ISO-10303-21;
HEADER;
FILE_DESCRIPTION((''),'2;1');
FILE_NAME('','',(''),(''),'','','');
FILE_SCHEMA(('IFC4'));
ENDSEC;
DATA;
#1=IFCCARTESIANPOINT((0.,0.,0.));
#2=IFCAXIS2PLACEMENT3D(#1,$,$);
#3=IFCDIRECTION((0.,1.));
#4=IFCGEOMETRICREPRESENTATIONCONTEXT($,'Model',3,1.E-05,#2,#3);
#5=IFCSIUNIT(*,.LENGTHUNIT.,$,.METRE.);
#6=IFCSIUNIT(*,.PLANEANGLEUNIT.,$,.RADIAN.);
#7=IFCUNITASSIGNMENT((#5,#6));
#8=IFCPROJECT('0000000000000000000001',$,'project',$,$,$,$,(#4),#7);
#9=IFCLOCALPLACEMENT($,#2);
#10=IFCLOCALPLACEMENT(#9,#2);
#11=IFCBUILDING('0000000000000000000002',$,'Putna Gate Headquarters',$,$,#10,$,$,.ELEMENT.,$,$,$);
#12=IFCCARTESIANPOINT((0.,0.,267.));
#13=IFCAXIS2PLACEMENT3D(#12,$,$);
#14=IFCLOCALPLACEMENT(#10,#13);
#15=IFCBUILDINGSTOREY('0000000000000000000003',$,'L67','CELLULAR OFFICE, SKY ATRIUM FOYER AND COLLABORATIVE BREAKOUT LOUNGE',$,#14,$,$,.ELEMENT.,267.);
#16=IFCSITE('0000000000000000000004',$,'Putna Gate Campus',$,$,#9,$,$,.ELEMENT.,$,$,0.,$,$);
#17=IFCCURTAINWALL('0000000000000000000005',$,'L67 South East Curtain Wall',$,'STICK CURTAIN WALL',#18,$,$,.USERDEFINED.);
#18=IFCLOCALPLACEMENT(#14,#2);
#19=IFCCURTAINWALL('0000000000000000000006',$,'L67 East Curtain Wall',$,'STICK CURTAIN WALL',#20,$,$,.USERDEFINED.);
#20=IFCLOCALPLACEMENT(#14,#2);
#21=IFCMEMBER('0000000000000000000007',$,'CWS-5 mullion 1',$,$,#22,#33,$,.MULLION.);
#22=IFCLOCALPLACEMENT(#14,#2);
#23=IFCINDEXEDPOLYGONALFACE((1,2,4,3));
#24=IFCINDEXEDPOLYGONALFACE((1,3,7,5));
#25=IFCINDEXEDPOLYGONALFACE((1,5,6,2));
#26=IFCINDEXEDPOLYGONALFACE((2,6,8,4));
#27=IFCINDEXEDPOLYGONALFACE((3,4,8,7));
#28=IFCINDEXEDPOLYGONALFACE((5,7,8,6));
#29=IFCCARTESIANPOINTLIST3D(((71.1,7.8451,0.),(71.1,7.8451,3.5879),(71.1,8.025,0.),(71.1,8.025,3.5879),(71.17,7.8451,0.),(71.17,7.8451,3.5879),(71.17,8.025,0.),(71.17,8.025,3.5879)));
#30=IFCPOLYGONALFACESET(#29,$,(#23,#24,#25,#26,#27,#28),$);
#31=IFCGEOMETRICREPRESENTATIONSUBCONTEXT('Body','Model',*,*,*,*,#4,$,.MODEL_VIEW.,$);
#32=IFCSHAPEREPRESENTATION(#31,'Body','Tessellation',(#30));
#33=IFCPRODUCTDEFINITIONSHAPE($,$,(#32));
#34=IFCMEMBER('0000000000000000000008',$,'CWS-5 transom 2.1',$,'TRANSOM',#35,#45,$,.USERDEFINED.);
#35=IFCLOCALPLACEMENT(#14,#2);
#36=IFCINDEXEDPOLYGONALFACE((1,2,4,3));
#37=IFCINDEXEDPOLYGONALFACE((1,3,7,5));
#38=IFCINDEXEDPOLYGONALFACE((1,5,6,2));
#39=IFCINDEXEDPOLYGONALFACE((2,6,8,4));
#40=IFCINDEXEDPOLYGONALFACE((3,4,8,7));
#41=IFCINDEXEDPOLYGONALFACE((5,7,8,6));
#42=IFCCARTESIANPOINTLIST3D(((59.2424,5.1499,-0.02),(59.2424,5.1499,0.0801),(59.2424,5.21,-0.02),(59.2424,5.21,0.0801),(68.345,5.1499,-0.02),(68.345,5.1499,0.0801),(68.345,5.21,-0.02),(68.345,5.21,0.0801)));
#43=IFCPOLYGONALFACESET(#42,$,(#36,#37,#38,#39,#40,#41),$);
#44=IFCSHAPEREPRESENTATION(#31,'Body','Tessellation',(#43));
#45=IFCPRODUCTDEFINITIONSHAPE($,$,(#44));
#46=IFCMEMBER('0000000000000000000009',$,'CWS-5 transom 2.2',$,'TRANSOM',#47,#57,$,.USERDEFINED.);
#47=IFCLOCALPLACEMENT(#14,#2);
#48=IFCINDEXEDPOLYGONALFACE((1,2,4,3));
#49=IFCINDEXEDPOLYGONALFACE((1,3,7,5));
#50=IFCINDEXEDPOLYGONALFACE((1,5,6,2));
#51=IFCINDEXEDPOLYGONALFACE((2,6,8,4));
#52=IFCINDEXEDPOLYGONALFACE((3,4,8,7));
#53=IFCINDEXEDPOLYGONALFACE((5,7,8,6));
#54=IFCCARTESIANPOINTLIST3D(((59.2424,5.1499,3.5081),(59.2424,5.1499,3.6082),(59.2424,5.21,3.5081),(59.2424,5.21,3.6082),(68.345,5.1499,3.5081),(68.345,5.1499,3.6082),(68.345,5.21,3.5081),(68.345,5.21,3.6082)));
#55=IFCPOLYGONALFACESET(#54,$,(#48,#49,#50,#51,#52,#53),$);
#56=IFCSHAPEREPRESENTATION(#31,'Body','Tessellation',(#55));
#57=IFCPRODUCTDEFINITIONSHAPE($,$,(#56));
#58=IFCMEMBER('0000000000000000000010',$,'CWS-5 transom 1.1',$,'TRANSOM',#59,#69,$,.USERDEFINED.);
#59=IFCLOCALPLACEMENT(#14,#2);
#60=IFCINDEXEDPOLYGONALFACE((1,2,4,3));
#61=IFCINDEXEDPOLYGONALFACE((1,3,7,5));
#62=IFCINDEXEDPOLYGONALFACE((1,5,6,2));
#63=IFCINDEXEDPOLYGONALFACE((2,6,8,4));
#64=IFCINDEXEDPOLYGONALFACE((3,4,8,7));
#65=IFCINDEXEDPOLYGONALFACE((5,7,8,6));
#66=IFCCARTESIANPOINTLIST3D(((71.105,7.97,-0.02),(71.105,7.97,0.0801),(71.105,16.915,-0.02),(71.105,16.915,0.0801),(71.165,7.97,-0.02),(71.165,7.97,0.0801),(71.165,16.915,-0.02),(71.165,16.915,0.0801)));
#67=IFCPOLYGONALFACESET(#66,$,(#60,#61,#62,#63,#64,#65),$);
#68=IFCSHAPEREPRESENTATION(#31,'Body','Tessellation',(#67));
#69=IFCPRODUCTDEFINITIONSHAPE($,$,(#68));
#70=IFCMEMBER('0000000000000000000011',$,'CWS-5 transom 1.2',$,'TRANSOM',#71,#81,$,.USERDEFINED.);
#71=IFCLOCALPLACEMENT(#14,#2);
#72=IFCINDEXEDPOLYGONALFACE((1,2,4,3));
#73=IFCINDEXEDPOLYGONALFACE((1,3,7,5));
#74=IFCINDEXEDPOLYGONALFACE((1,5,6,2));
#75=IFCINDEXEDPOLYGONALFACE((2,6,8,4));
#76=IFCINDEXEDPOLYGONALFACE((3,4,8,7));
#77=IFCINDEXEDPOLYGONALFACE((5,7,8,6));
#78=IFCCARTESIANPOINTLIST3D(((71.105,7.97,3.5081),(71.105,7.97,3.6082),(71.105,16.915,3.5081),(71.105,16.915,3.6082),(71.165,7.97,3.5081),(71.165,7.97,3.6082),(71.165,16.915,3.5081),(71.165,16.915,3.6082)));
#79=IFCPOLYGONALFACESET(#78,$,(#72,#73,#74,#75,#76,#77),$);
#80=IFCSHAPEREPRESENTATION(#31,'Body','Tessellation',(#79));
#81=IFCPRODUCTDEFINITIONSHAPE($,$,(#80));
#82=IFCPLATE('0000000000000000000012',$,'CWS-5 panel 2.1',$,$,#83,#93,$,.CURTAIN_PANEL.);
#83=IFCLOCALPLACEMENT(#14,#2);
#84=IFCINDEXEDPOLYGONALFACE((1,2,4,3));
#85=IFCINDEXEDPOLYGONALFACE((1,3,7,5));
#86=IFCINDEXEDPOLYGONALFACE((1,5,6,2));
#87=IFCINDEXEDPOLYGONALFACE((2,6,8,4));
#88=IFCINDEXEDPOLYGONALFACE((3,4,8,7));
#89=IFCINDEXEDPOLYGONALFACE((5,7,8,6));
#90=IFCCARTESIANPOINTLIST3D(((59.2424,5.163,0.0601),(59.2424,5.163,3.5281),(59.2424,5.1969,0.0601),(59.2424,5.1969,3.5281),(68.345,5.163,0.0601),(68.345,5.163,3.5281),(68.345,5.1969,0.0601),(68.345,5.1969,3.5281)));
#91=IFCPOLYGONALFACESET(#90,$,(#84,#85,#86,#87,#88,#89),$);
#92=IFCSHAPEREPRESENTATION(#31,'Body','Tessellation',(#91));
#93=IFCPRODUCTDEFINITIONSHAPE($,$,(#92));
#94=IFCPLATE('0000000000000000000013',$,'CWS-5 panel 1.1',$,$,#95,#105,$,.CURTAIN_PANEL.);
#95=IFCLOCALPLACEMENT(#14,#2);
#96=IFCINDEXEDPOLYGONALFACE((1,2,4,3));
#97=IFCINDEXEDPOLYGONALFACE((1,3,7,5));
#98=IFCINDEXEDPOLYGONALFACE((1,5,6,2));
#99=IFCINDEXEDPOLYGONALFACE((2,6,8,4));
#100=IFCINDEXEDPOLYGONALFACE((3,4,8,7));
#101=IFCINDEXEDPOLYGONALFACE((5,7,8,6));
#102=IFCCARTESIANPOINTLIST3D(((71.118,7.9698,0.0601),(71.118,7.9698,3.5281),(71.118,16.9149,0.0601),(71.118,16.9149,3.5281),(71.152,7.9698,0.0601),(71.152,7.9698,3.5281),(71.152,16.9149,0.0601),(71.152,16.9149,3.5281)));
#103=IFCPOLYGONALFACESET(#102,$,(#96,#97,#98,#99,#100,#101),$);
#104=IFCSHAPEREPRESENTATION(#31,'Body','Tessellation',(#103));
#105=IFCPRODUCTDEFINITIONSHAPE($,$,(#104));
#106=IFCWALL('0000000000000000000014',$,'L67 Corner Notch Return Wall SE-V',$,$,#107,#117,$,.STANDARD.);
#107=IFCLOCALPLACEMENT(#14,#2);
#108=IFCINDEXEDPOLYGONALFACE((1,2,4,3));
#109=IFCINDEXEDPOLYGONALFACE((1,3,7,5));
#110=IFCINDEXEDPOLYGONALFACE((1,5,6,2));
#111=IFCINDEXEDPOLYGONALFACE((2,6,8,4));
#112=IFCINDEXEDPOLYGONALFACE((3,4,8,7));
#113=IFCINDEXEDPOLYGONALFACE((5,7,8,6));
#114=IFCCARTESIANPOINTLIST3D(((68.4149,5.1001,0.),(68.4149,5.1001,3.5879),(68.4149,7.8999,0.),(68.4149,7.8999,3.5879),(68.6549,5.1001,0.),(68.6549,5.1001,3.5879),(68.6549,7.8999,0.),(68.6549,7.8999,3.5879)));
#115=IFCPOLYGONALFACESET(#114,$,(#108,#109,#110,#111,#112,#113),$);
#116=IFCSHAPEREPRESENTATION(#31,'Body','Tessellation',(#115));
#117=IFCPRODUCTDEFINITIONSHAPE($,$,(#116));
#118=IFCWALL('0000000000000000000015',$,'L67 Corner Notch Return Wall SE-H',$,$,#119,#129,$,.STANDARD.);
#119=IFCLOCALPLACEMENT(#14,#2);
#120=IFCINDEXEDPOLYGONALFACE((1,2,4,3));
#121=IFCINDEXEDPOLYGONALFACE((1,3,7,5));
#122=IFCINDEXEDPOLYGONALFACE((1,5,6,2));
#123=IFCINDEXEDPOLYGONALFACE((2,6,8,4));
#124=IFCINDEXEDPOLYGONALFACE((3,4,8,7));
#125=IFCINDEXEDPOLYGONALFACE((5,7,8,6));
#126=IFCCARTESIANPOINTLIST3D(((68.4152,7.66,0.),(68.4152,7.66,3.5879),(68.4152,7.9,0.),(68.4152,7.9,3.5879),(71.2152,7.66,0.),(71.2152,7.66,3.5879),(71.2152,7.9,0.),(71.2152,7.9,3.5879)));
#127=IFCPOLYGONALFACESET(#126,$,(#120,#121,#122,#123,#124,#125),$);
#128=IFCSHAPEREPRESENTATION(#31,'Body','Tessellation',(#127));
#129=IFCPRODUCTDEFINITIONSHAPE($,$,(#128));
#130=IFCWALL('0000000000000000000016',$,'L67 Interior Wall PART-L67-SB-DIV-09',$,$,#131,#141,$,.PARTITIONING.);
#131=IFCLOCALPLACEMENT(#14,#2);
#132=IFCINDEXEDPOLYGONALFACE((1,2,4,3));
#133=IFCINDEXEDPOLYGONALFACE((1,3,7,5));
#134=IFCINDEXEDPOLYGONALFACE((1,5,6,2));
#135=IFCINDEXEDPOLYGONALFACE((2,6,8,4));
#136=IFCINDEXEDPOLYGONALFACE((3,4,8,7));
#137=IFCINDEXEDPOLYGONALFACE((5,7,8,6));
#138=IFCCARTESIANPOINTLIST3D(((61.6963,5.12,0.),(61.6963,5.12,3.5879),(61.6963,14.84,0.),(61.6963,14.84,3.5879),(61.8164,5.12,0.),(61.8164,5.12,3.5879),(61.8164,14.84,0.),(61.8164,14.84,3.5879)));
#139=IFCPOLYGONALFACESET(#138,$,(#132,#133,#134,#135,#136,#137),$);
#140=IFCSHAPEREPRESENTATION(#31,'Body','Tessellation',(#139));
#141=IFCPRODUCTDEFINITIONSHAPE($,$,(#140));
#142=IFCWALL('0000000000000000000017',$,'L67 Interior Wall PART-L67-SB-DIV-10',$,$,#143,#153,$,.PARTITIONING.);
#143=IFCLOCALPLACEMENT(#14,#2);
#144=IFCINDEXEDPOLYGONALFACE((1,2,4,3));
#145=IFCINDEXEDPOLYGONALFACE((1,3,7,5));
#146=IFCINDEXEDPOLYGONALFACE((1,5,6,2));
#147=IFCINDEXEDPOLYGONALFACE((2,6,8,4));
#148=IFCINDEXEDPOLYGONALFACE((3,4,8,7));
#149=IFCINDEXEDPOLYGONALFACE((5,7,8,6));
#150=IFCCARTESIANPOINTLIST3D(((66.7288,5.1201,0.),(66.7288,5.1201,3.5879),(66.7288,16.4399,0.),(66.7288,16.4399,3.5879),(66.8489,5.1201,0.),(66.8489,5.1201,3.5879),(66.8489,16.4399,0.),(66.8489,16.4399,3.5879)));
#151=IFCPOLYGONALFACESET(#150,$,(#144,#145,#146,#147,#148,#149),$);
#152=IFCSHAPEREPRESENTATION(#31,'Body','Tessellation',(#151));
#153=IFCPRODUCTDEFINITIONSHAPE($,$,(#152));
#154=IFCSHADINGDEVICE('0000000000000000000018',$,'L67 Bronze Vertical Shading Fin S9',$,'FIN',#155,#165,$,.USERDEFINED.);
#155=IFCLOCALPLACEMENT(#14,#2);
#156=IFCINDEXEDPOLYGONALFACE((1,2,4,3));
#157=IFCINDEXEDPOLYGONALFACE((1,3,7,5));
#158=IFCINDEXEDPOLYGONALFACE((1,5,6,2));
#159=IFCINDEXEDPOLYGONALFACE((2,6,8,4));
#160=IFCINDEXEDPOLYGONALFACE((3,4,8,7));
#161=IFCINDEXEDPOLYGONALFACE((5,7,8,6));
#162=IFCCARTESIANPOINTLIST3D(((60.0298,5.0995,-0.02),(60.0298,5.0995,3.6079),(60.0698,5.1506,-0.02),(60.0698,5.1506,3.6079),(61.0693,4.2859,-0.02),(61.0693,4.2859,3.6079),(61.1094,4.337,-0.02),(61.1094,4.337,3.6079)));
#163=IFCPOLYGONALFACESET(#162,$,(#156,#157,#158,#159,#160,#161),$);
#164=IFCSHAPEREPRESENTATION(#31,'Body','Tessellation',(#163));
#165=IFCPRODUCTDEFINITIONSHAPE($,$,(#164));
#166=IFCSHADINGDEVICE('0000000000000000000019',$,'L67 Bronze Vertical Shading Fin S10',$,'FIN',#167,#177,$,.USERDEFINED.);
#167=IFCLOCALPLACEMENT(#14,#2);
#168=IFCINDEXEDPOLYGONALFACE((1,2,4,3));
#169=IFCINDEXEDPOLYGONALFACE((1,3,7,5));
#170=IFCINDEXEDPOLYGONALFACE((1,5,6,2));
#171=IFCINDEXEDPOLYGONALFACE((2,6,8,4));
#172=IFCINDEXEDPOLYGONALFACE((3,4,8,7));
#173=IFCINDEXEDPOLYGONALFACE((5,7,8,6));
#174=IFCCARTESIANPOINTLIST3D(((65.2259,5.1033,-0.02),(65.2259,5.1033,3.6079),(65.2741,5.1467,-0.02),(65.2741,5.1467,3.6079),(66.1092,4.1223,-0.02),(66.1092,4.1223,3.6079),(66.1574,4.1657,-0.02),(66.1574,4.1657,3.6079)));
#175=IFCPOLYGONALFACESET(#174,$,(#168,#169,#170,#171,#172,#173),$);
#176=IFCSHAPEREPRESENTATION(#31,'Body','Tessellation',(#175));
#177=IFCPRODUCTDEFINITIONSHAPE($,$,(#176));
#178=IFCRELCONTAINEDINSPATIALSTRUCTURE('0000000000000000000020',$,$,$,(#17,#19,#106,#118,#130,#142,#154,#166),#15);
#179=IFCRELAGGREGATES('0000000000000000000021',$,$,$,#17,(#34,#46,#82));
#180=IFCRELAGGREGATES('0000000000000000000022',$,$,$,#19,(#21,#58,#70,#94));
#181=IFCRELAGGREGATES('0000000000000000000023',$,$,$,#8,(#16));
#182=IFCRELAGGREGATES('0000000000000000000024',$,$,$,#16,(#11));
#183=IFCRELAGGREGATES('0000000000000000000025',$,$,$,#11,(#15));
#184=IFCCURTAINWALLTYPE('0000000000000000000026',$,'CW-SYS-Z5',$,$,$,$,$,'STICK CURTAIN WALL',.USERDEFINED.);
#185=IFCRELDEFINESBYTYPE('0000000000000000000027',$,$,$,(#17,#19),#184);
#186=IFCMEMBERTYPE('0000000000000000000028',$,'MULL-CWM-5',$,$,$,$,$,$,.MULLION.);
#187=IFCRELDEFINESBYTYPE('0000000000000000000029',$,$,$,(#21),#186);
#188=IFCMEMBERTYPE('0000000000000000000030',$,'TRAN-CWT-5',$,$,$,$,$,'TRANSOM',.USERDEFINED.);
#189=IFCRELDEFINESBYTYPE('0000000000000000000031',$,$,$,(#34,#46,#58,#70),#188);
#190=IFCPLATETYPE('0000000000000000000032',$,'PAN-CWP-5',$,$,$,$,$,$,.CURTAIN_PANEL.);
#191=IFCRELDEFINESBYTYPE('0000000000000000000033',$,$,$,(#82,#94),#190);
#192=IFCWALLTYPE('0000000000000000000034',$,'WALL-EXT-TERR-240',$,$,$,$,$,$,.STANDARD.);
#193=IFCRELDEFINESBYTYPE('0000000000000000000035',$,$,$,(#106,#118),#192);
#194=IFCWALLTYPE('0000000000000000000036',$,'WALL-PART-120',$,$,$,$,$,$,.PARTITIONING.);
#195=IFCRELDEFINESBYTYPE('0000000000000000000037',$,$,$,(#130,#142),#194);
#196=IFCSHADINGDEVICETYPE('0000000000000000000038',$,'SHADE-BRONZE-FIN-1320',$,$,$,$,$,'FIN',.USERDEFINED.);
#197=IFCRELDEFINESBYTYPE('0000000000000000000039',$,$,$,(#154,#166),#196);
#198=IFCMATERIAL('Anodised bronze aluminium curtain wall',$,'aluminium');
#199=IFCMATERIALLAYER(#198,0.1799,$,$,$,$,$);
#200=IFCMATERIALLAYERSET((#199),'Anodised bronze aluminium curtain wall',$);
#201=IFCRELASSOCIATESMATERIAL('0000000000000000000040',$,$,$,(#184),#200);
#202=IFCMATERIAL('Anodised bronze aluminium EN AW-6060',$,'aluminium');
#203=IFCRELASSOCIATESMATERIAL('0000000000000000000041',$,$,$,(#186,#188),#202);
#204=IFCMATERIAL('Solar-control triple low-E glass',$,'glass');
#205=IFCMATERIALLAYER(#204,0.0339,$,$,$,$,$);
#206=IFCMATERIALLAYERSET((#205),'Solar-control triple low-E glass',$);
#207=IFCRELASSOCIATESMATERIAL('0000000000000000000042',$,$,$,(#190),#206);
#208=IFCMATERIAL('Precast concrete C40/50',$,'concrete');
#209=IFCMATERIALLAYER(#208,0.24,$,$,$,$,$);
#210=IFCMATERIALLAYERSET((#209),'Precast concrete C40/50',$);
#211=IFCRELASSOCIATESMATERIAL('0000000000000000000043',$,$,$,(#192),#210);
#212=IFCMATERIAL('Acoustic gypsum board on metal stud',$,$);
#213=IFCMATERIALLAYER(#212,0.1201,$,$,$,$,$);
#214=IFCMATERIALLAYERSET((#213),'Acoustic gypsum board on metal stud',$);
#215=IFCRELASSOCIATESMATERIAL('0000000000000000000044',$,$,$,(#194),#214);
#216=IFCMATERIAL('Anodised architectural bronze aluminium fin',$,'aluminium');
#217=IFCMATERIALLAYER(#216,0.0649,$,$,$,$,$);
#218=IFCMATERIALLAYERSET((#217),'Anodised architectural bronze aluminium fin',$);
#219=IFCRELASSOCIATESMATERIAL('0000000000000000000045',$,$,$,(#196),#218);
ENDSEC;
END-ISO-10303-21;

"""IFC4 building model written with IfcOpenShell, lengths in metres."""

from ifc_helpers import new_model, si_unit, direction, frame, frame_2d, origin, origin_2d, place, context, subcontext, project, spatial, rectangle, extrude, material, layer, layer_set, material_profile, profile_set, type_object, element, aggregate, save


model = new_model("IFC4")

# Units and contexts
model_context = context("Model", 3, precision=1e-05, world=origin(), true_north=direction((0.0, 1.0)))
body_context = subcontext(model_context, "Body", "Model", "MODEL_VIEW")
ifc_project = project(units=[si_unit("LENGTHUNIT", "METRE"), si_unit("PLANEANGLEUNIT", "RADIAN")], contexts=[model_context])

# Site, building, storey
site_placement = place(None, origin())
site = spatial("IfcSite", under=ifc_project, at=site_placement, Name="Putna Gate Campus", CompositionType="ELEMENT", RefElevation=0.0)
building_placement = place(site_placement, origin())
building = spatial("IfcBuilding", under=site, at=building_placement, Name="Putna Gate Headquarters", CompositionType="ELEMENT")
storey_placement = place(building_placement, frame((0.0, 0.0, 267.0)))
storey = spatial("IfcBuildingStorey", under=building, at=storey_placement, Name="L67", Description="CELLULAR OFFICE, SKY ATRIUM FOYER AND COLLABORATIVE BREAKOUT LOUNGE", CompositionType="ELEMENT", Elevation=267.0)

# Curtain wall
ifc_material_1 = material(Name="Anodised bronze aluminium curtain wall", Category="aluminium")
ifc_layer_1 = layer(ifc_material_1, 0.1799)
ifc_layer_set_1 = layer_set([ifc_layer_1], Name="Anodised bronze aluminium curtain wall")
curtain_wall_type = type_object("IfcCurtainWallType", Name="CW-SYS-Z5", ElementType="STICK CURTAIN WALL", PredefinedType="USERDEFINED", material=ifc_layer_set_1)
curtain_wall_1_placement = place(storey_placement, origin())
curtain_wall_1 = element("IfcCurtainWall", 1, at=curtain_wall_1_placement, inside=storey, type_object=curtain_wall_type, Name="L67 South East Curtain Wall", ObjectType="STICK CURTAIN WALL", PredefinedType="USERDEFINED")
ifc_material_2 = material(Name="Anodised bronze aluminium EN AW-6060", Category="aluminium")
ifc_material_profile_1 = material_profile(ifc_material_2, rectangle(XDim=0.0701, YDim=0.1799, at=origin_2d()), Name="Anodised bronze aluminium EN AW-6060")
ifc_profile_set_1 = profile_set([ifc_material_profile_1], Name="Anodised bronze aluminium EN AW-6060")
member_type_1 = type_object("IfcMemberType", Name="MULL-CWM-5", PredefinedType="MULLION", material=ifc_profile_set_1)

# Curtain wall, member
curtain_wall_2_placement = place(storey_placement, origin())
curtain_wall_2 = element("IfcCurtainWall", 2, at=curtain_wall_2_placement, inside=storey, type_object=curtain_wall_type, Name="L67 East Curtain Wall", ObjectType="STICK CURTAIN WALL", PredefinedType="USERDEFINED")
member_1_placement = place(storey_placement, frame((71.135, 7.9351, 0.0), z_axis=(0.0, 0.0, 1.0), x_axis=(-1.0, 0.0, 0.0)))
member_1 = element("IfcMember", 3, at=member_1_placement, type_object=member_type_1, Name="CWS-5 mullion 1", PredefinedType="MULLION", context=body_context, shape_type="SweptSolid", body=[
    extrude(rectangle(XDim=0.0701, YDim=0.1799, at=origin_2d()), origin(), (0.0, 0.0, 1.0), 3.5879),
])

# Members
ifc_material_profile_2 = material_profile(ifc_material_2, rectangle(XDim=0.0601, YDim=0.1001, at=origin_2d()), Name="Anodised bronze aluminium EN AW-6060")
ifc_profile_set_2 = profile_set([ifc_material_profile_2], Name="Anodised bronze aluminium EN AW-6060")
member_type_2 = type_object("IfcMemberType", Name="TRAN-CWT-5", ElementType="TRANSOM", PredefinedType="USERDEFINED", material=ifc_profile_set_2)
member_2_placement = place(storey_placement, frame((59.2424, 5.1799, 0.03), z_axis=(1.0, 0.0, 0.0), x_axis=(0.0, 1.0, 0.0)))
member_2 = element("IfcMember", 4, at=member_2_placement, type_object=member_type_2, Name="CWS-5 transom 2.1", ObjectType="TRANSOM", PredefinedType="USERDEFINED", context=body_context, shape_type="SweptSolid", body=[
    extrude(rectangle(XDim=0.0601, YDim=0.1001, at=origin_2d()), origin(), (0.0, 0.0, 1.0), 9.1025),
])
member_3_placement = place(storey_placement, frame((59.2424, 5.1799, 3.5581), z_axis=(1.0, 0.0, 0.0), x_axis=(0.0, 1.0, 0.0)))
member_3 = element("IfcMember", 5, at=member_3_placement, type_object=member_type_2, Name="CWS-5 transom 2.2", ObjectType="TRANSOM", PredefinedType="USERDEFINED", context=body_context, shape_type="SweptSolid", body=[
    extrude(rectangle(XDim=0.0601, YDim=0.1001, at=origin_2d()), origin(), (0.0, 0.0, 1.0), 9.1025),
])
member_4_placement = place(storey_placement, frame((71.135, 7.97, 0.03), z_axis=(0.0, 1.0, 0.0), x_axis=(-1.0, 0.0, 0.0)))
member_4 = element("IfcMember", 6, at=member_4_placement, type_object=member_type_2, Name="CWS-5 transom 1.1", ObjectType="TRANSOM", PredefinedType="USERDEFINED", context=body_context, shape_type="SweptSolid", body=[
    extrude(rectangle(XDim=0.0601, YDim=0.1001, at=origin_2d()), origin(), (0.0, 0.0, 1.0), 8.9451),
])
member_5_placement = place(storey_placement, frame((71.135, 7.97, 3.5581), z_axis=(0.0, 1.0, 0.0), x_axis=(-1.0, 0.0, 0.0)))
member_5 = element("IfcMember", 7, at=member_5_placement, type_object=member_type_2, Name="CWS-5 transom 1.2", ObjectType="TRANSOM", PredefinedType="USERDEFINED", context=body_context, shape_type="SweptSolid", body=[
    extrude(rectangle(XDim=0.0601, YDim=0.1001, at=origin_2d()), origin(), (0.0, 0.0, 1.0), 8.9451),
])

# Plates
ifc_material_3 = material(Name="Solar-control triple low-E glass", Category="glass")
ifc_layer_2 = layer(ifc_material_3, 0.0339)
ifc_layer_set_2 = layer_set([ifc_layer_2], Name="Solar-control triple low-E glass")
plate_type = type_object("IfcPlateType", Name="PAN-CWP-5", PredefinedType="CURTAIN_PANEL", material=ifc_layer_set_2)
plate_1_placement = place(storey_placement, frame((63.7937, 5.1799, 0.0601), z_axis=(0.0, 0.0, 1.0), x_axis=(1.0, 0.0, 0.0)))
plate_1 = element("IfcPlate", 8, at=plate_1_placement, type_object=plate_type, Name="CWS-5 panel 2.1", PredefinedType="CURTAIN_PANEL", context=body_context, shape_type="SweptSolid", body=[
    extrude(rectangle(XDim=9.1025, YDim=0.0339, at=origin_2d()), origin(), (0.0, 0.0, 1.0), 3.468),
])
aggregate(curtain_wall_1, [member_2, member_3, plate_1])
plate_2_placement = place(storey_placement, frame((71.135, 12.4424, 0.0601), z_axis=(0.0, 0.0, 1.0), x_axis=(0.0, 1.0, 0.0)))
plate_2 = element("IfcPlate", 9, at=plate_2_placement, type_object=plate_type, Name="CWS-5 panel 1.1", PredefinedType="CURTAIN_PANEL", context=body_context, shape_type="SweptSolid", body=[
    extrude(rectangle(XDim=8.9451, YDim=0.0339, at=origin_2d()), origin(), (0.0, 0.0, 1.0), 3.468),
])
aggregate(curtain_wall_2, [member_1, member_4, member_5, plate_2])

# Walls
ifc_material_4 = material(Name="Precast concrete C40/50", Category="concrete")
ifc_layer_3 = layer(ifc_material_4, 0.24)
ifc_layer_set_3 = layer_set([ifc_layer_3], Name="Precast concrete C40/50")
wall_type_1 = type_object("IfcWallType", Name="WALL-EXT-TERR-240", PredefinedType="STANDARD", material=ifc_layer_set_3)
wall_1_placement = place(storey_placement, frame((68.5349, 7.8999, 0.0), z_axis=(0.0, 0.0, 1.0), x_axis=(0.0, -1.0, 0.0)))
element("IfcWall", 10, at=wall_1_placement, inside=storey, type_object=wall_type_1, Name="L67 Corner Notch Return Wall SE-V", PredefinedType="STANDARD", context=body_context, shape_type="SweptSolid", body=[
    extrude(rectangle(XDim=2.7998, YDim=0.24, at=frame_2d((1.3999, 0.0))), origin(), (0.0, 0.0, 1.0), 3.5879),
])
wall_2_placement = place(storey_placement, frame((71.2151, 7.78, 0.0), z_axis=(0.0, 0.0, 1.0), x_axis=(-1.0, 0.0, 0.0)))
element("IfcWall", 11, at=wall_2_placement, inside=storey, type_object=wall_type_1, Name="L67 Corner Notch Return Wall SE-H", PredefinedType="STANDARD", context=body_context, shape_type="SweptSolid", body=[
    extrude(rectangle(XDim=2.8, YDim=0.24, at=frame_2d((1.3999, 0.0))), origin(), (0.0, 0.0, 1.0), 3.5879),
])
ifc_material_5 = material(Name="Acoustic gypsum board on metal stud")
ifc_layer_4 = layer(ifc_material_5, 0.1201)
ifc_layer_set_4 = layer_set([ifc_layer_4], Name="Acoustic gypsum board on metal stud")
wall_type_2 = type_object("IfcWallType", Name="WALL-PART-120", PredefinedType="PARTITIONING", material=ifc_layer_set_4)
wall_3_placement = place(storey_placement, frame((61.7563, 5.1201, 0.0), z_axis=(0.0, 0.0, 1.0), x_axis=(0.0, 1.0, 0.0)))
element("IfcWall", 12, at=wall_3_placement, inside=storey, type_object=wall_type_2, Name="L67 Interior Wall PART-L67-SB-DIV-09", PredefinedType="PARTITIONING", context=body_context, shape_type="SweptSolid", body=[
    extrude(rectangle(XDim=9.72, YDim=0.1201, at=frame_2d((4.8599, 0.0))), origin(), (0.0, 0.0, 1.0), 3.5879),
])
wall_4_placement = place(storey_placement, frame((66.7888, 5.1201, 0.0), z_axis=(0.0, 0.0, 1.0), x_axis=(0.0, 1.0, 0.0)))
element("IfcWall", 13, at=wall_4_placement, inside=storey, type_object=wall_type_2, Name="L67 Interior Wall PART-L67-SB-DIV-10", PredefinedType="PARTITIONING", context=body_context, shape_type="SweptSolid", body=[
    extrude(rectangle(XDim=11.3198, YDim=0.1201, at=frame_2d((5.6599, 0.0))), origin(), (0.0, 0.0, 1.0), 3.5879),
])

# Shading devices
ifc_material_6 = material(Name="Anodised architectural bronze aluminium fin", Category="aluminium")
ifc_layer_5 = layer(ifc_material_6, 0.0649)
ifc_layer_set_5 = layer_set([ifc_layer_5], Name="Anodised architectural bronze aluminium fin")
shading_device_type = type_object("IfcShadingDeviceType", Name="SHADE-BRONZE-FIN-1320", ElementType="FIN", PredefinedType="USERDEFINED", material=ifc_layer_set_5)
for number, where, z_axis, x_axis, name in (
    (14, (60.5696, 4.7183, -0.02), (0.0, 0.0, 1.0), (0.787473, -0.616349, 0.0), "L67 Bronze Vertical Shading Fin S9"),
    (15, (65.6917, 4.6345, -0.02), (0.0, 0.0, 1.0), (0.669131, -0.743145, 0.0), "L67 Bronze Vertical Shading Fin S10"),
):
    element("IfcShadingDevice", number, at=place(storey_placement, frame(where, z_axis=z_axis, x_axis=x_axis)), inside=storey, type_object=shading_device_type, Name=name, ObjectType="FIN", PredefinedType="USERDEFINED", context=body_context, shape_type="SweptSolid", body=[
        extrude(rectangle(XDim=1.3201, YDim=0.0649, at=origin_2d()), origin(), (0.0, 0.0, 1.0), 3.6279),
    ])

save(model, "model.ifc")
